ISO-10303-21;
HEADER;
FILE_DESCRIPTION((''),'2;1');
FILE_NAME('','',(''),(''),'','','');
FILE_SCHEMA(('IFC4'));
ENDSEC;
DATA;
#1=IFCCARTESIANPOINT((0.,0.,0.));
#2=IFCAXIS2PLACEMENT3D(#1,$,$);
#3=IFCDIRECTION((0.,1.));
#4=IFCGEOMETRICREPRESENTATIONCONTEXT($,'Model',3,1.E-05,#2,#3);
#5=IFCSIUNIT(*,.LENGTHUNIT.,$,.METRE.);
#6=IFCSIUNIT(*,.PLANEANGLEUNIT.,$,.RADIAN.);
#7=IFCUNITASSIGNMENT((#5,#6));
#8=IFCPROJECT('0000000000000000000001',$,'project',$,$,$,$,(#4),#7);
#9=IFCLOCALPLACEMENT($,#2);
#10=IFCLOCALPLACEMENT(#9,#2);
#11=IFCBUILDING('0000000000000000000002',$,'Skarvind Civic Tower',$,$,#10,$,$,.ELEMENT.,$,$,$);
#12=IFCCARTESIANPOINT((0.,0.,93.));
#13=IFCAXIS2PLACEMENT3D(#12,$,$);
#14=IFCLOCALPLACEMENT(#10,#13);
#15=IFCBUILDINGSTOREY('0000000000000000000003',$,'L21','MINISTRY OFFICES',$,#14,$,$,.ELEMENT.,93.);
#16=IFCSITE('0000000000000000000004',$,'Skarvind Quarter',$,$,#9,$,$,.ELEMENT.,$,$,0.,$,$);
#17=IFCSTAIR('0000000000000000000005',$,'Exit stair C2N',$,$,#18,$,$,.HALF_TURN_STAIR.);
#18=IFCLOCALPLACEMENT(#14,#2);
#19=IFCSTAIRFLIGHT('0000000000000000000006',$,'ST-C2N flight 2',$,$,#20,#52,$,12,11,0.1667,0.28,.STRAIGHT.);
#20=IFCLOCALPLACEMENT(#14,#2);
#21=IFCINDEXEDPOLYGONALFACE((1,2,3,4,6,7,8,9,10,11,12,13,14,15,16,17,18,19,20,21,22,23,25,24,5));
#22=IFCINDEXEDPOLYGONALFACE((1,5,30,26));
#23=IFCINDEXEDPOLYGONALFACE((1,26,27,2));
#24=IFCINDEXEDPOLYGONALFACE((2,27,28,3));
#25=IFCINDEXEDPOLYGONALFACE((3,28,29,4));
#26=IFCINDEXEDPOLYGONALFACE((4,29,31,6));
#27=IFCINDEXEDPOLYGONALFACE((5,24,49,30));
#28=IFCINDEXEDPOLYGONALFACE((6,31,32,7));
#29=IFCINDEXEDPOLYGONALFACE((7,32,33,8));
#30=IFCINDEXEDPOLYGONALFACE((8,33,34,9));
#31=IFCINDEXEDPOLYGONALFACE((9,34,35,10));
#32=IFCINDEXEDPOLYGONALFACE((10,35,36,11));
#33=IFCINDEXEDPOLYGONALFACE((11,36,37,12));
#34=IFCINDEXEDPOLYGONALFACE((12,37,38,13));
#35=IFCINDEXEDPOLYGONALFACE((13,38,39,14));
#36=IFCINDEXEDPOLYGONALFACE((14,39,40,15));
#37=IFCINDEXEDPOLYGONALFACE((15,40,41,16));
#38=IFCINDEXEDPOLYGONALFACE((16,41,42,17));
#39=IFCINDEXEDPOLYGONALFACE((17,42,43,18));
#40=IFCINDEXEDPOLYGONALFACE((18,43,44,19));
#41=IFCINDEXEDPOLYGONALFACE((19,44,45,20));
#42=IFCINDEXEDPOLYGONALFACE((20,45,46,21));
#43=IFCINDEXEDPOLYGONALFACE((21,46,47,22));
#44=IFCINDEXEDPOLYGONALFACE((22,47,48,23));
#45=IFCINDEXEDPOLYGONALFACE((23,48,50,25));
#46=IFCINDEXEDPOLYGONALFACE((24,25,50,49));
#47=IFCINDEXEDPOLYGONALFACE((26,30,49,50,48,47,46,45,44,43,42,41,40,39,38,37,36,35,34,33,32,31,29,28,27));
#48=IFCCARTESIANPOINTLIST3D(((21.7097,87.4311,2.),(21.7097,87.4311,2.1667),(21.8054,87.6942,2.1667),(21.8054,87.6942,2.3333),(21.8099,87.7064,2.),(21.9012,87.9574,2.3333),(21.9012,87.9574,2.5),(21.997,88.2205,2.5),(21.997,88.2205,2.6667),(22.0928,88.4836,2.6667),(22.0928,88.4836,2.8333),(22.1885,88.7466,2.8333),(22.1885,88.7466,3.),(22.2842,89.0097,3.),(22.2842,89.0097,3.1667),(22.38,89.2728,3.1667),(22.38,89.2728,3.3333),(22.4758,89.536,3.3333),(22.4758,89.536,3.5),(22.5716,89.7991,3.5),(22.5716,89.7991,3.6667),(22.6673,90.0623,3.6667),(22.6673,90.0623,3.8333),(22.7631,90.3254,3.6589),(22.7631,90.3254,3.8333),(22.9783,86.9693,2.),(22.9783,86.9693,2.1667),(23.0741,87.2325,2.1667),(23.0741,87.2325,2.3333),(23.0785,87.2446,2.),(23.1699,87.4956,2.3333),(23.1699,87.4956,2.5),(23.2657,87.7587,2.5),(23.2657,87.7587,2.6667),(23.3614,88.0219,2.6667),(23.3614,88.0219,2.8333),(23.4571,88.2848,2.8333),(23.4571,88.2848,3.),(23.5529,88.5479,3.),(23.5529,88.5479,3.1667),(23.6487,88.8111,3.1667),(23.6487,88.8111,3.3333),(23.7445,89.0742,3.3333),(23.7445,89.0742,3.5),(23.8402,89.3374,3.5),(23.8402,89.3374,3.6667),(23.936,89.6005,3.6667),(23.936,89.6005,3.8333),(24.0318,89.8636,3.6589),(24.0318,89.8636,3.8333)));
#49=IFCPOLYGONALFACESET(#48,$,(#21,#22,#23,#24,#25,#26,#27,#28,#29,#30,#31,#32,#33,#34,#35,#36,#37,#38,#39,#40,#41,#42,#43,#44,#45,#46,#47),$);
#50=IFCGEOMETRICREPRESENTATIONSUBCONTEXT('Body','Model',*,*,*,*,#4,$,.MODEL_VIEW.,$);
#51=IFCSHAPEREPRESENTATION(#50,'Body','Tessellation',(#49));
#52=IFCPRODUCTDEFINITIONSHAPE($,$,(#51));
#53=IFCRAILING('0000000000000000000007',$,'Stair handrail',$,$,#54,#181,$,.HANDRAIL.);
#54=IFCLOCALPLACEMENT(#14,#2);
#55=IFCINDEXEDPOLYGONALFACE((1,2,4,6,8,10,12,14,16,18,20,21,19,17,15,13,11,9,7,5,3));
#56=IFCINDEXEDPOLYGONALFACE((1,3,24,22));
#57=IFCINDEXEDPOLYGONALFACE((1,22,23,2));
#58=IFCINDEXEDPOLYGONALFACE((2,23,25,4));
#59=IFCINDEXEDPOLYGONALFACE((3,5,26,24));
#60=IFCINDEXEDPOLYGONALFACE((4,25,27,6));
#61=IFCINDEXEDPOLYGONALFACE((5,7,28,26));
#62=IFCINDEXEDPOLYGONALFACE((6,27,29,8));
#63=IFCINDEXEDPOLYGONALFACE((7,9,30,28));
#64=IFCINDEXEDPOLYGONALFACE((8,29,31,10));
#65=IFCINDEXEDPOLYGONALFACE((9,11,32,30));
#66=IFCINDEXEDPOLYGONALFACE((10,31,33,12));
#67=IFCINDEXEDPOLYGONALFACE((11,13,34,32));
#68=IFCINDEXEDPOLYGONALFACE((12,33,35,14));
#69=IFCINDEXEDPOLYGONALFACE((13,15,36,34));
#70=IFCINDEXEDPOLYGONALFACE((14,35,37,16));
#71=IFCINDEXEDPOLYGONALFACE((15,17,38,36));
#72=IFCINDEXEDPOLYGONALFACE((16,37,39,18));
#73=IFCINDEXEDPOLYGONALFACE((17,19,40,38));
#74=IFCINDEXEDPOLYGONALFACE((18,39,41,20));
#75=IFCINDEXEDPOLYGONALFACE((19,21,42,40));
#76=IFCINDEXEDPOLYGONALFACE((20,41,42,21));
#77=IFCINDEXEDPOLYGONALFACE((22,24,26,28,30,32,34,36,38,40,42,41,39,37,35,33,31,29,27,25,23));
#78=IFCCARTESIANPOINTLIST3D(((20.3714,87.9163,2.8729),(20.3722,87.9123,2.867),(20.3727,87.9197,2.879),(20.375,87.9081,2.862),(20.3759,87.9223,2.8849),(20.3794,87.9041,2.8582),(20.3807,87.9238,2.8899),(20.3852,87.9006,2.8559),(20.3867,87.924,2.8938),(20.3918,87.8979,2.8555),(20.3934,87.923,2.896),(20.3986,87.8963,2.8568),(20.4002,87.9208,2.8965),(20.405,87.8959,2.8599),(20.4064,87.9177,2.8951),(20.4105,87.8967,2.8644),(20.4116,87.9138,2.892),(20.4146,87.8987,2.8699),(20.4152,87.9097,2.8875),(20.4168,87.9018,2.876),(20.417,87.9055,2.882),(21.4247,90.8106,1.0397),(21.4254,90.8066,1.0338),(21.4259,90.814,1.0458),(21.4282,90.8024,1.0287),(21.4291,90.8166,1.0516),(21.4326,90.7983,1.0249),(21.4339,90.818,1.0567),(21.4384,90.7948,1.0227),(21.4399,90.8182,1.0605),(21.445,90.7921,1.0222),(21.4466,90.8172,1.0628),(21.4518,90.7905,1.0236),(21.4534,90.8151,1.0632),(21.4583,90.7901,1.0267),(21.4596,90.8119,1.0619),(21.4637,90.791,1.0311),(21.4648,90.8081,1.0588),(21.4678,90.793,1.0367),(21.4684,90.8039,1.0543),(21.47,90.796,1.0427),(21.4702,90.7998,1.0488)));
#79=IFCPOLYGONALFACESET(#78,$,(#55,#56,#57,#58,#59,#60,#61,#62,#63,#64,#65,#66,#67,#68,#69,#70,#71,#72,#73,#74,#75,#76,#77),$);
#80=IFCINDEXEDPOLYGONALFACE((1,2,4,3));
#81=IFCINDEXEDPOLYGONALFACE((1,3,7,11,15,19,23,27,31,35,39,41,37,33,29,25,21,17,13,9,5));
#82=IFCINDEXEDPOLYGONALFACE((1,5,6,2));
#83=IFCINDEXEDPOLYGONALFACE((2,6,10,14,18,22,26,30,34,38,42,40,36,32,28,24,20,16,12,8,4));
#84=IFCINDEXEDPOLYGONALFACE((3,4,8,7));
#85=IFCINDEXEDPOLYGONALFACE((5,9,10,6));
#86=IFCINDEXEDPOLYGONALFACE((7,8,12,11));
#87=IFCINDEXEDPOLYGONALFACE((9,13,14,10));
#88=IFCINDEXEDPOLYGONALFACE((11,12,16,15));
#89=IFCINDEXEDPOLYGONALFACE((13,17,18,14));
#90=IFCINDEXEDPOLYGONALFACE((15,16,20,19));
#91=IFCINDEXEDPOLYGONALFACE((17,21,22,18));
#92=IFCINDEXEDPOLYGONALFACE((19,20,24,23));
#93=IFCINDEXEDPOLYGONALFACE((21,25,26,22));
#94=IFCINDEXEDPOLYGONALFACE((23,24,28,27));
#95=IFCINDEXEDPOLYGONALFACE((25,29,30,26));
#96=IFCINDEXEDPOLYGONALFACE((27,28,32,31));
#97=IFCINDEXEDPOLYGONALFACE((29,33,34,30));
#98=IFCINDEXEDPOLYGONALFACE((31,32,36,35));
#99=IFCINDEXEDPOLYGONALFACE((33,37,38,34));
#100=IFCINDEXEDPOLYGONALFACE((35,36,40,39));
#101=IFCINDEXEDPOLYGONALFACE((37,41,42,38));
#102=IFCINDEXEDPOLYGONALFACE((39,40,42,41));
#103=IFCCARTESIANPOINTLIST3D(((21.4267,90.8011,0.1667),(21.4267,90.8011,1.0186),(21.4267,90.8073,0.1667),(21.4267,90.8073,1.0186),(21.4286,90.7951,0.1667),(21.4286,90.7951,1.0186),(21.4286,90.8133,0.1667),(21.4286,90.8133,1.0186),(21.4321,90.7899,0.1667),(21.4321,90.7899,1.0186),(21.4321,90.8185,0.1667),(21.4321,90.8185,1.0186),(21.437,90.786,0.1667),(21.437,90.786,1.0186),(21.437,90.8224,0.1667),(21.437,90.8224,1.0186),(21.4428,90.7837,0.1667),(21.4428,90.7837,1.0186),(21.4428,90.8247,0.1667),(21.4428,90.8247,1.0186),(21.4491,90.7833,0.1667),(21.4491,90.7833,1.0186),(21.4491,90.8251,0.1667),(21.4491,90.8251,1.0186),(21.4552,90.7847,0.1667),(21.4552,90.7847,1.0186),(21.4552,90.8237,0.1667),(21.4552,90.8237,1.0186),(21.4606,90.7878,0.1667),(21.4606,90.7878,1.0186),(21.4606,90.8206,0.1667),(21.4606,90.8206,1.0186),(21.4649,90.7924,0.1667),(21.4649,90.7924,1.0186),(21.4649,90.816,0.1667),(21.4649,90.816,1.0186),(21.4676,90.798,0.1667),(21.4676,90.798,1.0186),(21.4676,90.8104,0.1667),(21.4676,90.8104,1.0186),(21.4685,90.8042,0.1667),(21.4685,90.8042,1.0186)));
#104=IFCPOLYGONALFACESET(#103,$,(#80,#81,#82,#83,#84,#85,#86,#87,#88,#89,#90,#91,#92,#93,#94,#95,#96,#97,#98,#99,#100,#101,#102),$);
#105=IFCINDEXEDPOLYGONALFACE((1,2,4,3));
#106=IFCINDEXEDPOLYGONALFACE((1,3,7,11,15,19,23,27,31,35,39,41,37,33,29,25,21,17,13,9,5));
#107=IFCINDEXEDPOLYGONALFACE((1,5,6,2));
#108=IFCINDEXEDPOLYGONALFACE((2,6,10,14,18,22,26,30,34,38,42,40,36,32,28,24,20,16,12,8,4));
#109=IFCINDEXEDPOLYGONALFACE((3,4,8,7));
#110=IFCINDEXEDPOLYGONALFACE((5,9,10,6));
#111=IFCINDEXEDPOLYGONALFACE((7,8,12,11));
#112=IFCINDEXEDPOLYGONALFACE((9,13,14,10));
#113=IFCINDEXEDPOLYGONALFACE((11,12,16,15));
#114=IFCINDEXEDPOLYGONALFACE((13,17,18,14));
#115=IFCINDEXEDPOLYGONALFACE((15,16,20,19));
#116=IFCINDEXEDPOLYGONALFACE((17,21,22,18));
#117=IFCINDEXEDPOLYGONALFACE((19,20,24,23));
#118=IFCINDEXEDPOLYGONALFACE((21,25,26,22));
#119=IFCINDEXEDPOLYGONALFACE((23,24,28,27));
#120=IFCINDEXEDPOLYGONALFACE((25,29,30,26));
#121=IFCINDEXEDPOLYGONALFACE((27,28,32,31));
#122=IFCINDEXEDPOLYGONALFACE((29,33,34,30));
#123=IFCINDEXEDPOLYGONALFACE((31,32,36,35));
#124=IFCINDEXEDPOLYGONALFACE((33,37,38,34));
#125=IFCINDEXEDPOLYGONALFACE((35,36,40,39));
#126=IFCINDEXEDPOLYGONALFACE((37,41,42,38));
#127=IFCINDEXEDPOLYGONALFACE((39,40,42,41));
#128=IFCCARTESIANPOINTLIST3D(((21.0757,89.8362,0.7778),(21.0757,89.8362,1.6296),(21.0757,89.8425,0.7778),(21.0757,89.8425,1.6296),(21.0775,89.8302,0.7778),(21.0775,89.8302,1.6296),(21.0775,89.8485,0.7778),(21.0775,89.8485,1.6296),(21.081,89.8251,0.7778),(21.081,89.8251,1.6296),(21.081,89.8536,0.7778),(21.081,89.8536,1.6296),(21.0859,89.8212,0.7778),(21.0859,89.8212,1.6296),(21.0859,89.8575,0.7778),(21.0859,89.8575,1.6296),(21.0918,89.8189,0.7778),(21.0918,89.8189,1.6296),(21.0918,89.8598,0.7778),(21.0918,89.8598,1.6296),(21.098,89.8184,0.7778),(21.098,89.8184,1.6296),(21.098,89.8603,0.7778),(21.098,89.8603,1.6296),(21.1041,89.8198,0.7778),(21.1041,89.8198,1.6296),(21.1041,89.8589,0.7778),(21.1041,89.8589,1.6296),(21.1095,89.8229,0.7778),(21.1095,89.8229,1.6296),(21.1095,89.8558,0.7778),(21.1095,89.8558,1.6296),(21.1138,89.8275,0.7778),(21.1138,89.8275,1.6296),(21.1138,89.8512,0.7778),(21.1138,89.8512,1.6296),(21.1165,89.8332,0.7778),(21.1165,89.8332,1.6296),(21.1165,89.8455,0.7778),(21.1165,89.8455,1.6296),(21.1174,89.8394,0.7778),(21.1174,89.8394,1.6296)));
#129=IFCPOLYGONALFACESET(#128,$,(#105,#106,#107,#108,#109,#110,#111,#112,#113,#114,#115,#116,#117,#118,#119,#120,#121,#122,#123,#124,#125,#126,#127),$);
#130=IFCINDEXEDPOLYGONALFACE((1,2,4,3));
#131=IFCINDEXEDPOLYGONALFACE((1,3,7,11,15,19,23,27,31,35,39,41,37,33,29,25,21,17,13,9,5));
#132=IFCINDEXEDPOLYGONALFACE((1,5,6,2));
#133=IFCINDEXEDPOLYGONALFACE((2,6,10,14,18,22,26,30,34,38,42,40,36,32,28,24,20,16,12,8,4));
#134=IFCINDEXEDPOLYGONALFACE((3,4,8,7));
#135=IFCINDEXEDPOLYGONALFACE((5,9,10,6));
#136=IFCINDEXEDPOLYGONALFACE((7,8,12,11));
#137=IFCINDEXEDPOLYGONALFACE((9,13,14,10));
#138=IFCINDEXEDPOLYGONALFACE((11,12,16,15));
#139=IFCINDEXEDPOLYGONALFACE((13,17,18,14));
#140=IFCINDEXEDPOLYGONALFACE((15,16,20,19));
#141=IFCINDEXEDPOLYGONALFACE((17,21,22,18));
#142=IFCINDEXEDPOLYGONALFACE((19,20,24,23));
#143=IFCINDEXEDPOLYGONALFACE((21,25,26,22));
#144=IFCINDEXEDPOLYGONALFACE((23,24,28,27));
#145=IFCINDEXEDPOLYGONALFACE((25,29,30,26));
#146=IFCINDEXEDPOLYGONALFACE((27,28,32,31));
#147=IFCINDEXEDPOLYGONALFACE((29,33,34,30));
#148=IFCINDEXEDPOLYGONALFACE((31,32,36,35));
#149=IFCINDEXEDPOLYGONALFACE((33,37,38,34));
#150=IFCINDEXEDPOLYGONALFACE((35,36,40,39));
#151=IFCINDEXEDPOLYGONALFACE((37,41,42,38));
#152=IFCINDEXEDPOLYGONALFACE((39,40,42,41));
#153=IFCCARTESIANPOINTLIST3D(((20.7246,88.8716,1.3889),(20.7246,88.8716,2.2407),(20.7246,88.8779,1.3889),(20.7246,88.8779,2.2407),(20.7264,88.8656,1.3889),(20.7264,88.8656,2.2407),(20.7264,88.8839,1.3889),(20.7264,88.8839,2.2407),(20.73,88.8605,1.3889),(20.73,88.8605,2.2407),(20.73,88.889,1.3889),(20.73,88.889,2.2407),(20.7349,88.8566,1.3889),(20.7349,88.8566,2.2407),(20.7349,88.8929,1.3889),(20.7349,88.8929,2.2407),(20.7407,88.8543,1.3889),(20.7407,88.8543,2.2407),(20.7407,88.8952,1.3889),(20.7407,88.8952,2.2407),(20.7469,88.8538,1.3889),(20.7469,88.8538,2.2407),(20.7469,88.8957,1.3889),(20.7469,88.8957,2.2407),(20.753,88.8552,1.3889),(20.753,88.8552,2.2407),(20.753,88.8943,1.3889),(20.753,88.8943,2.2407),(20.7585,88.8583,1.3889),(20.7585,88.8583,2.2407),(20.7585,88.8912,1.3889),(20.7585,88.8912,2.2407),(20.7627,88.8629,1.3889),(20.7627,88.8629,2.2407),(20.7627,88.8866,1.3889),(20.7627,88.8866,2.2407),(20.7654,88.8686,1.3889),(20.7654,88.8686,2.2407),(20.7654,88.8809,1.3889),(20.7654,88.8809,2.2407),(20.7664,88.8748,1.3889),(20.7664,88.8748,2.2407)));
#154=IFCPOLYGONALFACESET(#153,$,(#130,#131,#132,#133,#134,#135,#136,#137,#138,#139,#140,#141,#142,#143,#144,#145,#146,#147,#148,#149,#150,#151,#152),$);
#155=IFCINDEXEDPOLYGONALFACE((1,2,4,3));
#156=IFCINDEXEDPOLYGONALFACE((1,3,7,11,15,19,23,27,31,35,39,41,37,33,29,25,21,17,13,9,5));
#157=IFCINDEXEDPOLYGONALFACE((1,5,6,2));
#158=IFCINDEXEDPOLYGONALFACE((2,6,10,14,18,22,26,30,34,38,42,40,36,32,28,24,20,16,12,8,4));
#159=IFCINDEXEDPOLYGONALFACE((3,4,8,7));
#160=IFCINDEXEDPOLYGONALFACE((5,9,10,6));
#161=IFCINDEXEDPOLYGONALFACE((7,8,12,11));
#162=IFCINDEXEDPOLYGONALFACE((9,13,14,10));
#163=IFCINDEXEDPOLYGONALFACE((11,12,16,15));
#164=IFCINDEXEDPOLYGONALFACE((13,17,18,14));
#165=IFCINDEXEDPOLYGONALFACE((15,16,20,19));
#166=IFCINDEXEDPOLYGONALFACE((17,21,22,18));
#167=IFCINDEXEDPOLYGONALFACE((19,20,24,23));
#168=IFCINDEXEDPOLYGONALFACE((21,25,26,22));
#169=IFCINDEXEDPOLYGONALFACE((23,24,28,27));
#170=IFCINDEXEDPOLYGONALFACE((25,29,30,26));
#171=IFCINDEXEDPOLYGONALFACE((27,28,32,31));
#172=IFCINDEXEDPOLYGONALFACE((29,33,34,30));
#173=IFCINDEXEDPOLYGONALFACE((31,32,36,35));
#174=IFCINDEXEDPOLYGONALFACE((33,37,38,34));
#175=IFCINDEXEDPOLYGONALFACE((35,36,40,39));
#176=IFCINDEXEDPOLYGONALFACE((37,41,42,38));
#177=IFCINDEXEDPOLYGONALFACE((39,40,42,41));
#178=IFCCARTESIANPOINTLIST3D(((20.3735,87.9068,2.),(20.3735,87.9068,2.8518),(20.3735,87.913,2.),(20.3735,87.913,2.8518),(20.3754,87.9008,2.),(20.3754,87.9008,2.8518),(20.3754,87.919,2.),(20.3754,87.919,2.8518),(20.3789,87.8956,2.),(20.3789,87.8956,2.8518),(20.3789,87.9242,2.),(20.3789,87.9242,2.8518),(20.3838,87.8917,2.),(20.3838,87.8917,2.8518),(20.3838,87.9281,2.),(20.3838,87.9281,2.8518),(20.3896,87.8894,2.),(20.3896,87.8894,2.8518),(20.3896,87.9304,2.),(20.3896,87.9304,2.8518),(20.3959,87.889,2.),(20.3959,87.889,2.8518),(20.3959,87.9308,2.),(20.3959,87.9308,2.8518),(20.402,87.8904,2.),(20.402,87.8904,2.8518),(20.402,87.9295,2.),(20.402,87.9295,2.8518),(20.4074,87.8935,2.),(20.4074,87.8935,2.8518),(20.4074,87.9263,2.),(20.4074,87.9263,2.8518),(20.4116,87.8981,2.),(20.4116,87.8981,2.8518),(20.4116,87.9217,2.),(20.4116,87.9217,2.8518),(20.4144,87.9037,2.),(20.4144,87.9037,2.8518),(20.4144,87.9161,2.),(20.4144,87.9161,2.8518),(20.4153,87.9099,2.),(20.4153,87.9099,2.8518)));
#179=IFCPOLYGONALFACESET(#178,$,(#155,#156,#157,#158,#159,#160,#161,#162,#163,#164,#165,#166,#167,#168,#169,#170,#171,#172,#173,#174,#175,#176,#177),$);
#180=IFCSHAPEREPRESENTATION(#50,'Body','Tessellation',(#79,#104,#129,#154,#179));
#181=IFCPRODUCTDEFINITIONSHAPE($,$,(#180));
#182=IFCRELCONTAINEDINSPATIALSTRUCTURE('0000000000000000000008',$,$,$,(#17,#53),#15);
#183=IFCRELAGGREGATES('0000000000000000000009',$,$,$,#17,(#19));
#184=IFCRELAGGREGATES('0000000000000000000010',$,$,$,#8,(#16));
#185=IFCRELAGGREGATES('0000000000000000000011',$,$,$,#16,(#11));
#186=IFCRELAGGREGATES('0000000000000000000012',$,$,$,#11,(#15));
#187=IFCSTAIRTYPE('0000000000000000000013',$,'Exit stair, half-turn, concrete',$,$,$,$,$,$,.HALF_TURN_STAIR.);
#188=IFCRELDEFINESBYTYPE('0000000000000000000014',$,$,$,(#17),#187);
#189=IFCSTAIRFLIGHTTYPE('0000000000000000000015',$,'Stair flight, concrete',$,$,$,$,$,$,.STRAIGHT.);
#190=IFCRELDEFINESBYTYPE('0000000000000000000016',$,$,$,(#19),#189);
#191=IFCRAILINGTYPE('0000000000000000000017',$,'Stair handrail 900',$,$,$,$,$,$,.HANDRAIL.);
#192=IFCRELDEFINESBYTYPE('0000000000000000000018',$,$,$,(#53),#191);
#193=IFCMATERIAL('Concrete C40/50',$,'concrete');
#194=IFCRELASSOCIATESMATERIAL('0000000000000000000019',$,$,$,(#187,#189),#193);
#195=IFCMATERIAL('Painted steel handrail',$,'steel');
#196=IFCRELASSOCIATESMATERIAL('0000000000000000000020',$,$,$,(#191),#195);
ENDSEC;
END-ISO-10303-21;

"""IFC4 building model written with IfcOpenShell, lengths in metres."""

from ifc_helpers import new_model, si_unit, direction, frame, origin, origin_2d, place, context, subcontext, project, spatial, polyline, circle, outline, extrude, material, type_object, element, aggregate, save


model = new_model("IFC4")

# Units and contexts
model_context = context("Model", 3, precision=1e-05, world=origin(), true_north=direction((0.0, 1.0)))
body_context = subcontext(model_context, "Body", "Model", "MODEL_VIEW")
ifc_project = project(units=[si_unit("LENGTHUNIT", "METRE"), si_unit("PLANEANGLEUNIT", "RADIAN")], contexts=[model_context])

# Site, building, storey
site_placement = place(None, origin())
site = spatial("IfcSite", under=ifc_project, at=site_placement, Name="Skarvind Quarter", CompositionType="ELEMENT", RefElevation=0.0)
building_placement = place(site_placement, origin())
building = spatial("IfcBuilding", under=site, at=building_placement, Name="Skarvind Civic Tower", CompositionType="ELEMENT")
storey_placement = place(building_placement, frame((0.0, 0.0, 93.0)))
storey = spatial("IfcBuildingStorey", under=building, at=storey_placement, Name="L21", Description="MINISTRY OFFICES", CompositionType="ELEMENT", Elevation=93.0)

# Stair, stair flight
ifc_material_1 = material(Name="Concrete C40/50", Category="concrete")
stair_type = type_object("IfcStairType", Name="Exit stair, half-turn, concrete", PredefinedType="HALF_TURN_STAIR", material=ifc_material_1)
stair_placement = place(storey_placement, origin())
stair = element("IfcStair", 1, at=stair_placement, inside=storey, type_object=stair_type, Name="Exit stair C2N", PredefinedType="HALF_TURN_STAIR")
stair_flight_type = type_object("IfcStairFlightType", Name="Stair flight, concrete", PredefinedType="STRAIGHT", material=ifc_material_1)
stair_flight_1_placement = place(storey_placement, frame((22.344, 87.2002, 2.0), z_axis=(0.0, 0.0, 1.0), x_axis=(0.34202, 0.939693, 0.0)))
stair_flight_1 = element("IfcStairFlight", 2, at=stair_flight_1_placement, type_object=stair_flight_type, Name="ST-C2N flight 2", NumberOfRisers=12, NumberOfTreads=11, PredefinedType="STRAIGHT", RiserHeight=0.1667, TreadLength=0.28, context=body_context, shape_type="SweptSolid", body=[
    extrude(outline(polyline([(0.0, 0.0), (0.0, 0.1667), (0.28, 0.1667), (0.28, 0.3333), (0.5601, 0.3333), (0.5601, 0.5), (0.8401, 0.5), (0.8401, 0.6667), (1.1201, 0.6667), (1.1201, 0.8333), (1.3999, 0.8333), (1.3999, 1.0), (1.6799, 1.0), (1.6799, 1.1667), (1.96, 1.1667), (1.96, 1.3333), (2.24, 1.3333), (2.24, 1.5), (2.52, 1.5), (2.52, 1.6667), (2.8, 1.6667), (2.8, 1.8333), (3.0801, 1.8333), (3.0801, 2.0), (3.0801, 1.6589), (0.293, 0.0), (0.0, 0.0)])), frame((0.0, 0.675, 0.0), z_axis=(0.0, -1.0, 0.0), x_axis=(1.0, 0.0, 0.0)), (0.0, 0.0, 1.0), 1.3501),
])
aggregate(stair, [stair_flight_1])

# Railing
ifc_material_2 = material(Name="Painted steel handrail", Category="steel")
railing_type = type_object("IfcRailingType", Name="Stair handrail 900", PredefinedType="HANDRAIL", material=ifc_material_2)
railing_1_placement = place(storey_placement, frame((21.4475, 90.8042, 0.1667)))
element("IfcRailing", 3, at=railing_1_placement, inside=storey, type_object=railing_type, Name="Stair handrail", PredefinedType="HANDRAIL", context=body_context, shape_type="SweptSolid", body=[
    extrude(circle(Radius=0.0239, at=origin_2d()), frame((0.0, 0.0, 0.876), z_axis=(-0.293846, -0.807497, 0.511472), x_axis=(0.939715, -0.341959, 0.0)), (0.0, 0.0, 1.0), 3.5842),
    extrude(circle(Radius=0.021, at=origin_2d()), origin(), (0.0, 0.0, 1.0), 0.8518),
    extrude(circle(Radius=0.021, at=origin_2d()), frame((-0.3511, -0.9648, 0.6111)), (0.0, 0.0, 1.0), 0.8518),
    extrude(circle(Radius=0.021, at=origin_2d()), frame((-0.7021, -1.9294, 1.2222)), (0.0, 0.0, 1.0), 0.8518),
    extrude(circle(Radius=0.021, at=origin_2d()), frame((-1.0532, -2.8943, 1.8333)), (0.0, 0.0, 1.0), 0.8518),
])

save(model, "model.ifc")
